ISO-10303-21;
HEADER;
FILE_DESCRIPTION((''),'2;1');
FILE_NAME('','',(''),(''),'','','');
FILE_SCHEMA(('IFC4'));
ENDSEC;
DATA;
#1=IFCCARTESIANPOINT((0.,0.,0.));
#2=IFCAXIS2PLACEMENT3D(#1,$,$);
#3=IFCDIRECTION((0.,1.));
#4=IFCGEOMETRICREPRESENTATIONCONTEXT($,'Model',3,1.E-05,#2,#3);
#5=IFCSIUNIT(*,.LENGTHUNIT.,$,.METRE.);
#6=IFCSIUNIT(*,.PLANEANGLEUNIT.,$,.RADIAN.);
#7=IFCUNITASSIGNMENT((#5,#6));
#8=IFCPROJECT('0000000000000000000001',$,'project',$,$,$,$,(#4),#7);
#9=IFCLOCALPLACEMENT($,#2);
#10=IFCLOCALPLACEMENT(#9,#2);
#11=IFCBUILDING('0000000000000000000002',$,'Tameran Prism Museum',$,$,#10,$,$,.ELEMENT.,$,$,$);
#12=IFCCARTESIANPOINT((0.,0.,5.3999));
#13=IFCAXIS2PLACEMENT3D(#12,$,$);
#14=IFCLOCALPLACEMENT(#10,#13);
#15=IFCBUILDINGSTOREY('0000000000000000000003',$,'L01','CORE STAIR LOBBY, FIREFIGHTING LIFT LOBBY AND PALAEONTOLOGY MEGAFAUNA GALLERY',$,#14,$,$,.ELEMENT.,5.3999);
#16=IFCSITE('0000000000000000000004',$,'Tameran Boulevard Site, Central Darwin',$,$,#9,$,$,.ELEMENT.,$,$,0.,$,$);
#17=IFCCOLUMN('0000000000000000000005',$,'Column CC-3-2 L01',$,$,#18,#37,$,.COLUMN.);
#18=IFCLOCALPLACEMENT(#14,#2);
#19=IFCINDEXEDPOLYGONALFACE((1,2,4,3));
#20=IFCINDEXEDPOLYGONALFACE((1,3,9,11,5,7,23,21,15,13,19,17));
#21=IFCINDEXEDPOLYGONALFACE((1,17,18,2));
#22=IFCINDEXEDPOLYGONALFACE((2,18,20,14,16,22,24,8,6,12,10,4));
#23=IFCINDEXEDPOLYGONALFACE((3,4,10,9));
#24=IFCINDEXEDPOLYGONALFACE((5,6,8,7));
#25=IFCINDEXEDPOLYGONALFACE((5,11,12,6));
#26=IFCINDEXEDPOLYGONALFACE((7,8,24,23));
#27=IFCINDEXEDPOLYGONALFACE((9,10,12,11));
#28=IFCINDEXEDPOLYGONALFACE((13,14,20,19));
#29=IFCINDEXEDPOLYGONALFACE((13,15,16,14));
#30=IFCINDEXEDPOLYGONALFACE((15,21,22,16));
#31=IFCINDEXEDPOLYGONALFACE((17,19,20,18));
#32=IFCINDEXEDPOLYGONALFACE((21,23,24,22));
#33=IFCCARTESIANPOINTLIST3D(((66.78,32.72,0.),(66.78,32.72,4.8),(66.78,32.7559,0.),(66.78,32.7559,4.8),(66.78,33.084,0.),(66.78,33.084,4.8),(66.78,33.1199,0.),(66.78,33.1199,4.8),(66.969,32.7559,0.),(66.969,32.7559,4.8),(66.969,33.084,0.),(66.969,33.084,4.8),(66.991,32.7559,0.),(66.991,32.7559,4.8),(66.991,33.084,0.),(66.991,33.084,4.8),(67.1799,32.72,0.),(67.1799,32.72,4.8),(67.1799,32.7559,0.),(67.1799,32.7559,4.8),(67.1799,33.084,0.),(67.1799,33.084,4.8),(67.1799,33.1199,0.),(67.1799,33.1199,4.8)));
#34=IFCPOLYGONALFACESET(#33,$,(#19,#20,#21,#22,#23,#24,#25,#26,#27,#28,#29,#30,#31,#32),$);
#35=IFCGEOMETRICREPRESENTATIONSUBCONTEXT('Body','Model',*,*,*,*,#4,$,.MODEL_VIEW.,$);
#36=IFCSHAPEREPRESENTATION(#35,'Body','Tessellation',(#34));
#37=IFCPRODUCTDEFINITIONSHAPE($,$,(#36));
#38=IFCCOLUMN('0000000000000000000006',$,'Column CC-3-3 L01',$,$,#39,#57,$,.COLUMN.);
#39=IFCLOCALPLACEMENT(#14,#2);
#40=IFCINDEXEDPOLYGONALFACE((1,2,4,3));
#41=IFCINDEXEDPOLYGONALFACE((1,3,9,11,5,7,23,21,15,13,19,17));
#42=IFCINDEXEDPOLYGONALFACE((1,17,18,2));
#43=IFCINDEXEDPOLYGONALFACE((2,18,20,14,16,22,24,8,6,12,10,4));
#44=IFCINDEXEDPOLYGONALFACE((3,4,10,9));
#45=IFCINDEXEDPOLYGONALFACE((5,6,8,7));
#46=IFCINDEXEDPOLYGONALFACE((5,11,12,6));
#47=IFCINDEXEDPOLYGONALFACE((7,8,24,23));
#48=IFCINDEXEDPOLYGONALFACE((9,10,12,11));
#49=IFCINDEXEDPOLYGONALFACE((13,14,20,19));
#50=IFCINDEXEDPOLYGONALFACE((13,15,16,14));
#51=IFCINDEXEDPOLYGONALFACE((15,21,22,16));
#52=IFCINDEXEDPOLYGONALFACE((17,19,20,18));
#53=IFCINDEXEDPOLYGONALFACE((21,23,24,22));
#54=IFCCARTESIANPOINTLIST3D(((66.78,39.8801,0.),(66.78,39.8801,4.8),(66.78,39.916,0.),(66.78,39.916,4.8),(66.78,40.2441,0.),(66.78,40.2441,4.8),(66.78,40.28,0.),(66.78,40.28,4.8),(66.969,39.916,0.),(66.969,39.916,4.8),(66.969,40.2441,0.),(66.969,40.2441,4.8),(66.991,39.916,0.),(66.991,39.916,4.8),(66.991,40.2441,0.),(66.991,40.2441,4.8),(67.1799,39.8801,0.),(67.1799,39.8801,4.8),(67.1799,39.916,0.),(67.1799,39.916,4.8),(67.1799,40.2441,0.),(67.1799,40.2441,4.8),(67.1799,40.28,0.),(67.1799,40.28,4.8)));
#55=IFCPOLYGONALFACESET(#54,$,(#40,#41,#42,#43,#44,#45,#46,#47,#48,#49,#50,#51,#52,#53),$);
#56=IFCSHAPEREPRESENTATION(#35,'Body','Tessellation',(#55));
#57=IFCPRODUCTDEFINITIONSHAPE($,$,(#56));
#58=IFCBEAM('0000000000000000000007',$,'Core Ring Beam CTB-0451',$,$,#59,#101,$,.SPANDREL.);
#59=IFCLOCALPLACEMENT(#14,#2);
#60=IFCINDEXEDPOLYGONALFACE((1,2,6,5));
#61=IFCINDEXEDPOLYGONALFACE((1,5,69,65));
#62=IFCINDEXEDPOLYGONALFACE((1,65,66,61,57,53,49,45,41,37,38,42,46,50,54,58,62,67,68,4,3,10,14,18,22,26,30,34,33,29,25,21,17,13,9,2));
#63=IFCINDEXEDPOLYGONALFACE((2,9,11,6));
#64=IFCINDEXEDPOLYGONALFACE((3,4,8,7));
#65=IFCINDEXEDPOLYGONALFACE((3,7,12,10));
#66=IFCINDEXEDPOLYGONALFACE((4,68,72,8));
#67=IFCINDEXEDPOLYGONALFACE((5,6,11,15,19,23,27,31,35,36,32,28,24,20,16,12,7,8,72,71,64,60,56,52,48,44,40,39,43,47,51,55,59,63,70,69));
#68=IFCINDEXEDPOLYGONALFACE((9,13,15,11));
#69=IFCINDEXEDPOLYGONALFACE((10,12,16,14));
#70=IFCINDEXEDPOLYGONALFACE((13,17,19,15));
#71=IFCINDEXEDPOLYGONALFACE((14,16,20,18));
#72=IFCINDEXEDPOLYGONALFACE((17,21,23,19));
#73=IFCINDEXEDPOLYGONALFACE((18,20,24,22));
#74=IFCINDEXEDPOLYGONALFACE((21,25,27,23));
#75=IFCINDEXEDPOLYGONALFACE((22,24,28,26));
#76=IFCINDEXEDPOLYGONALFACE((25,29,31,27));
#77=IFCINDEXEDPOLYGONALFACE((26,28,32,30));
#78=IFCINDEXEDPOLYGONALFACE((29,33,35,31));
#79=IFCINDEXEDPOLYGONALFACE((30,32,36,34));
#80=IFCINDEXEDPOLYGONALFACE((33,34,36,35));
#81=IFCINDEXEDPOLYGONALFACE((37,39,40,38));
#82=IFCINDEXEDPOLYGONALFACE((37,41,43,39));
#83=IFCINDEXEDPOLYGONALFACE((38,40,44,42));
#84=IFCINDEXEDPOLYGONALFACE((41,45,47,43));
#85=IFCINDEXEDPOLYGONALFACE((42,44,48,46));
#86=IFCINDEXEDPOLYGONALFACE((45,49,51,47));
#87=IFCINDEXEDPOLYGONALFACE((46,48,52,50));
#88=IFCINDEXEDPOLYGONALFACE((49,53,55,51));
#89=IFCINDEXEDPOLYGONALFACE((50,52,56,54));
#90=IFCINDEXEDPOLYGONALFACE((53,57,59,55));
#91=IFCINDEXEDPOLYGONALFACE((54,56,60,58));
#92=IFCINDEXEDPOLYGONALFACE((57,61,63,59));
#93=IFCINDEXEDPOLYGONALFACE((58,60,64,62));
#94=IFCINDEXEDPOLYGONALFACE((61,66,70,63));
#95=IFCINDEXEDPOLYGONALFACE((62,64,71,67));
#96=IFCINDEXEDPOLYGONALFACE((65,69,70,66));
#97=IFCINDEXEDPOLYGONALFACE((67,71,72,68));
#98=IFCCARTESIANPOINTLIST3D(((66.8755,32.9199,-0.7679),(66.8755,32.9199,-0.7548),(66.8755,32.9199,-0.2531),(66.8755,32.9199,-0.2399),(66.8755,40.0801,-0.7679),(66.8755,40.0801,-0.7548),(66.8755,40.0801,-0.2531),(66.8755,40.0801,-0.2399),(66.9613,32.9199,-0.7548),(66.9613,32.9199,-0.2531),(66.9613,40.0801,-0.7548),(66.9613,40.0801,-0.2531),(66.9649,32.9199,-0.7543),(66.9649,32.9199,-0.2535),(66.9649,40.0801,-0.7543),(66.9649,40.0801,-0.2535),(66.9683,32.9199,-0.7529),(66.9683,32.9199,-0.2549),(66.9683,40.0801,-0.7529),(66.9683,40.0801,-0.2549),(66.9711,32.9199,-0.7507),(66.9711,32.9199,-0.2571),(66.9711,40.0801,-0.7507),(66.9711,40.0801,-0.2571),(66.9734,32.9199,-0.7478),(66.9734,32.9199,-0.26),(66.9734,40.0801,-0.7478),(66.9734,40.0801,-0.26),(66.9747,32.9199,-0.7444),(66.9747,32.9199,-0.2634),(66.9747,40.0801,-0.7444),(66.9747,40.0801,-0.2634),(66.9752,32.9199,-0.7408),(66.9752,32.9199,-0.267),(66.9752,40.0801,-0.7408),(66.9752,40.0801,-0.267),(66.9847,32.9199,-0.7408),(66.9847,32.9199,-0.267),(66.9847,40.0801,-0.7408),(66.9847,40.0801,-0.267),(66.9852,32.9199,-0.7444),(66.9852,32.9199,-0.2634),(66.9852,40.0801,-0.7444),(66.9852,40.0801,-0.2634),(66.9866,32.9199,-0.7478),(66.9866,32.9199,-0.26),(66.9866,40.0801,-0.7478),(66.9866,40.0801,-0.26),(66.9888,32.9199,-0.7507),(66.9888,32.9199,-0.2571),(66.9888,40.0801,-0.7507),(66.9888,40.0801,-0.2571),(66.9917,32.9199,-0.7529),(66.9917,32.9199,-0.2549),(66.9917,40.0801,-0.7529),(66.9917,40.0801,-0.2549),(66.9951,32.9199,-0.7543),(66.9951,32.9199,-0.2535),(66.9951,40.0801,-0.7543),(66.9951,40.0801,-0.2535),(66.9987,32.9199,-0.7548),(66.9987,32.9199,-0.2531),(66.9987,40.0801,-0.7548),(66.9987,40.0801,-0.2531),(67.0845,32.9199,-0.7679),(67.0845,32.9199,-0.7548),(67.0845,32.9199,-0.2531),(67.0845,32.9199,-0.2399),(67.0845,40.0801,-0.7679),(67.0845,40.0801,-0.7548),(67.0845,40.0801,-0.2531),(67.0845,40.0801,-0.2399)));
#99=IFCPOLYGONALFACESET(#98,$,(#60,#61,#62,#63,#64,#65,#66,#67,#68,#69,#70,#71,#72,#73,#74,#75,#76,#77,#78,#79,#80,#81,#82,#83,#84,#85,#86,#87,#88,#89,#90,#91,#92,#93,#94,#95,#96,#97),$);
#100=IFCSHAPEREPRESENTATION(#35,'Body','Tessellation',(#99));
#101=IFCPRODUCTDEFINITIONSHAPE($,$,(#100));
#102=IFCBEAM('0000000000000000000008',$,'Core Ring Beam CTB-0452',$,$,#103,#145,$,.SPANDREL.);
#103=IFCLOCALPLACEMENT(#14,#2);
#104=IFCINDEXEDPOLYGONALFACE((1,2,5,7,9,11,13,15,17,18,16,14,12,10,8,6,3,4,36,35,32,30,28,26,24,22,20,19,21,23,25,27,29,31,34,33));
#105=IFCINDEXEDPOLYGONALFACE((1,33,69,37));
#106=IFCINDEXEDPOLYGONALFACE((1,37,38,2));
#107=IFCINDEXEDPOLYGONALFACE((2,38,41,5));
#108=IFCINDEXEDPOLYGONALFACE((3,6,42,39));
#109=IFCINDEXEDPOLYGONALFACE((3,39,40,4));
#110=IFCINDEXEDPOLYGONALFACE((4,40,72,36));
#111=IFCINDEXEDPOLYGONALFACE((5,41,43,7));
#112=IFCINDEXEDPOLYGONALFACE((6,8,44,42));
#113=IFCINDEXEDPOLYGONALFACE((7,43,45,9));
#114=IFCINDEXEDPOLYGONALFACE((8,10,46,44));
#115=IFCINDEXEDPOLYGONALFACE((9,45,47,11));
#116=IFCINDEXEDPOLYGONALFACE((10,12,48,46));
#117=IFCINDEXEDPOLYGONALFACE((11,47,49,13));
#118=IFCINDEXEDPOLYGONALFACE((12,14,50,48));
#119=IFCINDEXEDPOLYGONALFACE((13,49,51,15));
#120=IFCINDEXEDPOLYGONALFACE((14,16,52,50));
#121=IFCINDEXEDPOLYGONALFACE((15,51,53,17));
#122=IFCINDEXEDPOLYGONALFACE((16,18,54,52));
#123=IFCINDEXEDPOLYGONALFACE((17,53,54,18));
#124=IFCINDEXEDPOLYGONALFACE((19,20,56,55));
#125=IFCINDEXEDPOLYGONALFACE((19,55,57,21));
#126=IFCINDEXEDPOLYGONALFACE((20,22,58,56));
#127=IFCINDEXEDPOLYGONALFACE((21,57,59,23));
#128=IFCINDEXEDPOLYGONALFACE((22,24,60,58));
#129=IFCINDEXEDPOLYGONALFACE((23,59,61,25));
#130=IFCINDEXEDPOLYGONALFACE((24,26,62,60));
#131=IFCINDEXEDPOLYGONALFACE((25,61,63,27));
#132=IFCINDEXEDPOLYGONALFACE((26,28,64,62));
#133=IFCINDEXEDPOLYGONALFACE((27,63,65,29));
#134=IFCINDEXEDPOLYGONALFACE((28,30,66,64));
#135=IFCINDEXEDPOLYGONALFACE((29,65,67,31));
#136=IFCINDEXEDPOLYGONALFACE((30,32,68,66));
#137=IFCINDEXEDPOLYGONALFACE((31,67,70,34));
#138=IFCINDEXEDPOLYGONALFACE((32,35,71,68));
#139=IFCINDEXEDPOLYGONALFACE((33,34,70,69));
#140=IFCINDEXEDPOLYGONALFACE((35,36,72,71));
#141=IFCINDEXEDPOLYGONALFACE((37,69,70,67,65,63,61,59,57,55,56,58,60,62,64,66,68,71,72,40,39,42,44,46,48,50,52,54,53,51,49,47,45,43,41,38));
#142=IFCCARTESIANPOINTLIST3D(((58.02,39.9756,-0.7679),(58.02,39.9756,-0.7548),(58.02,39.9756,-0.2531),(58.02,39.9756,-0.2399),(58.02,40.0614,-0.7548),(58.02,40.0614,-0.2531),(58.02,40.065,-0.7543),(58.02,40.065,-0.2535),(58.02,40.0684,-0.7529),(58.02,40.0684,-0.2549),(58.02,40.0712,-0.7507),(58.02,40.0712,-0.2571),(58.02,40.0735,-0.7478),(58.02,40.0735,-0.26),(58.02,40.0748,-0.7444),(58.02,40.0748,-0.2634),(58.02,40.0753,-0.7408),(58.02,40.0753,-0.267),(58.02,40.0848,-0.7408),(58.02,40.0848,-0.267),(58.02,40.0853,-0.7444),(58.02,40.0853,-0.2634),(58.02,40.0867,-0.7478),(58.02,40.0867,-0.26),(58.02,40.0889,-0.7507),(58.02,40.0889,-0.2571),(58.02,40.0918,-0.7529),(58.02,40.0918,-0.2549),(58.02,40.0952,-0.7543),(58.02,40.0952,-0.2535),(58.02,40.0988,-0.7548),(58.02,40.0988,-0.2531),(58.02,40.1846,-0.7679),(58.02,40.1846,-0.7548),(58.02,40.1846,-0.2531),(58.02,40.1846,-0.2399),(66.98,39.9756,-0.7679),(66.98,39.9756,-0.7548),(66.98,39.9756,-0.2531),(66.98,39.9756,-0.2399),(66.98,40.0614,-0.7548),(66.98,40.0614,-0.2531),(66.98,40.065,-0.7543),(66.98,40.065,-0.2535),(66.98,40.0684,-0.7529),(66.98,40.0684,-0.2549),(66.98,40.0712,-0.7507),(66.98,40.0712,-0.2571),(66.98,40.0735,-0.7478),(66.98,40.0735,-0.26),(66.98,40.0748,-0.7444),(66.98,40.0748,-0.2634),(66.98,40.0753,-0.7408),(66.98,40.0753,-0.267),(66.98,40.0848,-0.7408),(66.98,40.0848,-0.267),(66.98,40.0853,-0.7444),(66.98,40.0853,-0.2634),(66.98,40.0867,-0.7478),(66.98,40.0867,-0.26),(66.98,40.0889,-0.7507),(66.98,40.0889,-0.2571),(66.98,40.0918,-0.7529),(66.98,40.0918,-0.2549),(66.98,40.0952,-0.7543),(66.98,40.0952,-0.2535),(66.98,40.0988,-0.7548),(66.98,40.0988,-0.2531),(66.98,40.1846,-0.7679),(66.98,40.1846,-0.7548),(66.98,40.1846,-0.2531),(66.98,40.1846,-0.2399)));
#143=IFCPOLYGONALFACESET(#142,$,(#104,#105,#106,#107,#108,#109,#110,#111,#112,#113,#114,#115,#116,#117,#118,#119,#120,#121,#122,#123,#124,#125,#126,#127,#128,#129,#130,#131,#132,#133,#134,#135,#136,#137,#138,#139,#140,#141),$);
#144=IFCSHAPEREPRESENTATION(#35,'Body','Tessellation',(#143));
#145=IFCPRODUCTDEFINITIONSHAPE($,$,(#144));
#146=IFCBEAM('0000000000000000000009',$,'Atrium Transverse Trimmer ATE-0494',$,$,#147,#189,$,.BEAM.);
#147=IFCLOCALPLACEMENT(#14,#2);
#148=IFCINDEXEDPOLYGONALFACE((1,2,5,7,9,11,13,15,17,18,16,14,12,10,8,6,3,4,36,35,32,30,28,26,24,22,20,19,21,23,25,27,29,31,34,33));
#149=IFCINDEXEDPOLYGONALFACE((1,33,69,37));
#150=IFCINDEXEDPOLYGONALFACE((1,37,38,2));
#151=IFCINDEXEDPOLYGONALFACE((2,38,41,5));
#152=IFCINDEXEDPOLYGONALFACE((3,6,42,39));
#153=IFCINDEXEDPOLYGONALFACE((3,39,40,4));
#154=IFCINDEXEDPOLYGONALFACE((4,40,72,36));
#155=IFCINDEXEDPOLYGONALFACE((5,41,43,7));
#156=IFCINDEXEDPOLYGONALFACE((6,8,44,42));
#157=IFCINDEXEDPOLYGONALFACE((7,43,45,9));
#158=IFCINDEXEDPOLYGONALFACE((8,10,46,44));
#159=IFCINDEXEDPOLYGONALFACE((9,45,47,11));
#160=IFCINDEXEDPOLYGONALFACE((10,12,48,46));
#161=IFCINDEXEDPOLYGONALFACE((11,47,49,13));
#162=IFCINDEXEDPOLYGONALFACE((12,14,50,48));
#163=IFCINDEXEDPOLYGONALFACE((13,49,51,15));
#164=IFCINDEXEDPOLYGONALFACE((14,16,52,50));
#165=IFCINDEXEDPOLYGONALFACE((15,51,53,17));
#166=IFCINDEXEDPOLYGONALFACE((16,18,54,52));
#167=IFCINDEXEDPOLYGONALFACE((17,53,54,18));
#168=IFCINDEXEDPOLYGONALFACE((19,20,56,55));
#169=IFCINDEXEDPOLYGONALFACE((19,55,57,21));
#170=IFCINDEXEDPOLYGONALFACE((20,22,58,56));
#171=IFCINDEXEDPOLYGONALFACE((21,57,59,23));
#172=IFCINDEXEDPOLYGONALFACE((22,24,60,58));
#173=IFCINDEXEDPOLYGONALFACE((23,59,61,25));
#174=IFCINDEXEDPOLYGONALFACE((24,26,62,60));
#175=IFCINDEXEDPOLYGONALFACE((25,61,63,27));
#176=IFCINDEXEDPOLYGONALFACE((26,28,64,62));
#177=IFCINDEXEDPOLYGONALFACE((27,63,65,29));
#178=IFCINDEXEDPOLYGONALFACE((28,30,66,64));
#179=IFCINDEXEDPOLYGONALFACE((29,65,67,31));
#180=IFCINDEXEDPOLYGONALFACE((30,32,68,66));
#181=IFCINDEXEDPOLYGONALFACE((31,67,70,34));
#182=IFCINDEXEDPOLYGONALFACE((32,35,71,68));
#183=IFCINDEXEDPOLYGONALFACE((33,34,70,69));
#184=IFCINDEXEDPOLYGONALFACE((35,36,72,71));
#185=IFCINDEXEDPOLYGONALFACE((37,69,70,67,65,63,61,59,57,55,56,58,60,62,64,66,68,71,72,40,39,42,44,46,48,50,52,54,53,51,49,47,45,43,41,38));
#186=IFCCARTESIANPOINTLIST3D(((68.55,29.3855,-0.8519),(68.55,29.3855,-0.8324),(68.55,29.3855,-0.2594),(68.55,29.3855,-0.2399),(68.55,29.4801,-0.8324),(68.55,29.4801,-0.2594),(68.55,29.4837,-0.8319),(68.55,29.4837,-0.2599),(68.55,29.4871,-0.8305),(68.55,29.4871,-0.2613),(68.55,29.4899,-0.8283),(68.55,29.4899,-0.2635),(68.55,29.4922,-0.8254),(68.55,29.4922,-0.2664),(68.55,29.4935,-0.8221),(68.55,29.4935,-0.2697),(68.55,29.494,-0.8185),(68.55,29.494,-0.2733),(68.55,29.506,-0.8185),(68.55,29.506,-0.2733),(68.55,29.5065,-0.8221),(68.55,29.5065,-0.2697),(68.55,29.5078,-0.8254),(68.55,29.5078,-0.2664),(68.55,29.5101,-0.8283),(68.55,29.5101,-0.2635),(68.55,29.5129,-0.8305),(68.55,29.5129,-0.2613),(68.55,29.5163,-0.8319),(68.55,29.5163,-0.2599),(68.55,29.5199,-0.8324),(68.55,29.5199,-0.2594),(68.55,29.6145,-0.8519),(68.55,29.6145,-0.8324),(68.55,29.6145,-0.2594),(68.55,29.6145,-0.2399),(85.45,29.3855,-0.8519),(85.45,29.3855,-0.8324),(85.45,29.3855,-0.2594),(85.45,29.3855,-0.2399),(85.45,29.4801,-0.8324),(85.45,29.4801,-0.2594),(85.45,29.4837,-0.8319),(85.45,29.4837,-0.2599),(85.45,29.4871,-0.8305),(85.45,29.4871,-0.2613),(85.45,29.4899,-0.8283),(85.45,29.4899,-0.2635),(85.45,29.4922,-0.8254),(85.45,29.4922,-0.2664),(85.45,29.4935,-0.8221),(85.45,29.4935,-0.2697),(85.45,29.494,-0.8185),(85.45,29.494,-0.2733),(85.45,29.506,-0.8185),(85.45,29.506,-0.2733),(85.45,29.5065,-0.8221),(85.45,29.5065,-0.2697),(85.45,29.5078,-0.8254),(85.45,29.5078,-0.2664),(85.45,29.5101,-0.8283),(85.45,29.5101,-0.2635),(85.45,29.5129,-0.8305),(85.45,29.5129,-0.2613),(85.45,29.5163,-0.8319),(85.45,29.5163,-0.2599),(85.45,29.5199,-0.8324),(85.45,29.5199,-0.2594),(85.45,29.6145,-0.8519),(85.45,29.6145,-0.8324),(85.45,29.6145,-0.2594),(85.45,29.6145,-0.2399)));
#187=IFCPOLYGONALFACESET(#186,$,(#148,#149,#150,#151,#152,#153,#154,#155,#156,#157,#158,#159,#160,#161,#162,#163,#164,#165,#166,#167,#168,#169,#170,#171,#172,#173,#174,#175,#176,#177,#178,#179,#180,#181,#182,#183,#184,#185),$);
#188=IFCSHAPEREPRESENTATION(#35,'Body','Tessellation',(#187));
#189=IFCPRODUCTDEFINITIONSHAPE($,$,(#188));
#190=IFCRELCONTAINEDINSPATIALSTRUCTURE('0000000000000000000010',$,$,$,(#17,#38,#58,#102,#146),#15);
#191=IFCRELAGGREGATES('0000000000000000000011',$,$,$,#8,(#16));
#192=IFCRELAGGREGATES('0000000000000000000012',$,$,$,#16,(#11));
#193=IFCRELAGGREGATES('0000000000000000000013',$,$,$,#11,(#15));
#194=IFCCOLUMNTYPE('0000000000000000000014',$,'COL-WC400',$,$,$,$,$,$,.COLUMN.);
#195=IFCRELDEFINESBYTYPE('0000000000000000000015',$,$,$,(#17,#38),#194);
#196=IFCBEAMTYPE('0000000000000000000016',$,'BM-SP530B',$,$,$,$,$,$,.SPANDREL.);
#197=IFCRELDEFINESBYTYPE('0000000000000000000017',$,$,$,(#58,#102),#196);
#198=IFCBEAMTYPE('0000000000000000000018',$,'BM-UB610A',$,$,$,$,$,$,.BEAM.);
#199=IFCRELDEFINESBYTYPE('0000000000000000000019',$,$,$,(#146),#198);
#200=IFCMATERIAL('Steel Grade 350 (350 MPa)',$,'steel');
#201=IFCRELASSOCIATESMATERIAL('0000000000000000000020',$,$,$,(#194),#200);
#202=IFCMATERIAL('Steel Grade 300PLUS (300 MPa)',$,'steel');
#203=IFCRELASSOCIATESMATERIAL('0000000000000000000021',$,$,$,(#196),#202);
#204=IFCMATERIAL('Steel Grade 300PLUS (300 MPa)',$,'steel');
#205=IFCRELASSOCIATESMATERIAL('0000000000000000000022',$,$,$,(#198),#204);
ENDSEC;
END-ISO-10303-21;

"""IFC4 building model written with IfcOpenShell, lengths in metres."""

from ifc_helpers import new_model, si_unit, direction, frame, origin, origin_2d, place, context, subcontext, project, spatial, i_section, extrude, material, material_profile, profile_set, type_object, element, save


model = new_model("IFC4")

# Units and contexts
model_context = context("Model", 3, precision=1e-05, world=origin(), true_north=direction((0.0, 1.0)))
body_context = subcontext(model_context, "Body", "Model", "MODEL_VIEW")
ifc_project = project(units=[si_unit("LENGTHUNIT", "METRE"), si_unit("PLANEANGLEUNIT", "RADIAN")], contexts=[model_context])

# Site, building, storey
site_placement = place(None, origin())
site = spatial("IfcSite", under=ifc_project, at=site_placement, Name="Tameran Boulevard Site, Central Darwin", CompositionType="ELEMENT", RefElevation=0.0)
building_placement = place(site_placement, origin())
building = spatial("IfcBuilding", under=site, at=building_placement, Name="Tameran Prism Museum", CompositionType="ELEMENT")
storey_placement = place(building_placement, frame((0.0, 0.0, 5.3999)))
storey = spatial("IfcBuildingStorey", under=building, at=storey_placement, Name="L01", Description="CORE STAIR LOBBY, FIREFIGHTING LIFT LOBBY AND PALAEONTOLOGY MEGAFAUNA GALLERY", CompositionType="ELEMENT", Elevation=5.3999)

# Columns
ifc_material_1 = material(Name="Steel Grade 350 (350 MPa)", Category="steel")
ifc_material_profile_1 = material_profile(ifc_material_1, i_section(OverallWidth=0.3999, OverallDepth=0.3999, WebThickness=0.022, FlangeThickness=0.0359, at=origin_2d()))
ifc_profile_set_1 = profile_set([ifc_material_profile_1])
column_type = type_object("IfcColumnType", Name="COL-WC400", PredefinedType="COLUMN", material=ifc_profile_set_1)
for number, where, z_axis, x_axis, name in (
    (1, (66.98, 32.9199, 0.0), (0.0, 0.0, 1.0), (1.0, 0.0, 0.0), "Column CC-3-2 L01"),
    (2, (66.98, 40.0801, 0.0), (0.0, 0.0, 1.0), (1.0, 0.0, 0.0), "Column CC-3-3 L01"),
):
    element("IfcColumn", number, at=place(storey_placement, frame(where, z_axis=z_axis, x_axis=x_axis)), inside=storey, type_object=column_type, Name=name, PredefinedType="COLUMN", context=body_context, shape_type="SweptSolid", body=[
        extrude(i_section(OverallWidth=0.3999, OverallDepth=0.3999, WebThickness=0.022, FlangeThickness=0.0359, at=origin_2d()), origin(), (0.0, 0.0, 1.0), 4.8),
    ])

# Beams
ifc_material_2 = material(Name="Steel Grade 300PLUS (300 MPa)", Category="steel")
ifc_material_profile_2 = material_profile(ifc_material_2, i_section(OverallWidth=0.209, OverallDepth=0.5281, WebThickness=0.0095, FlangeThickness=0.0132, FilletRadius=0.0139, at=origin_2d()))
ifc_profile_set_2 = profile_set([ifc_material_profile_2])
beam_type_1 = type_object("IfcBeamType", Name="BM-SP530B", PredefinedType="SPANDREL", material=ifc_profile_set_2)
beam_1_placement = place(storey_placement, frame((66.98, 32.9199, -0.5039), z_axis=(0.0, 1.0, 0.0), x_axis=(-1.0, 0.0, 0.0)))
element("IfcBeam", 3, at=beam_1_placement, inside=storey, type_object=beam_type_1, Name="Core Ring Beam CTB-0451", PredefinedType="SPANDREL", context=body_context, shape_type="SweptSolid", body=[
    extrude(i_section(OverallWidth=0.209, OverallDepth=0.5281, WebThickness=0.0095, FlangeThickness=0.0132, FilletRadius=0.0139, at=origin_2d()), origin(), (0.0, 0.0, 1.0), 7.1602),
])
beam_2_placement = place(storey_placement, frame((66.98, 40.0801, -0.5039), z_axis=(-1.0, 0.0, 0.0), x_axis=(0.0, -1.0, 0.0)))
element("IfcBeam", 4, at=beam_2_placement, inside=storey, type_object=beam_type_1, Name="Core Ring Beam CTB-0452", PredefinedType="SPANDREL", context=body_context, shape_type="SweptSolid", body=[
    extrude(i_section(OverallWidth=0.209, OverallDepth=0.5281, WebThickness=0.0095, FlangeThickness=0.0132, FilletRadius=0.0139, at=origin_2d()), origin(), (0.0, 0.0, 1.0), 8.96),
])
ifc_material_3 = material(Name="Steel Grade 300PLUS (300 MPa)", Category="steel")
ifc_material_profile_3 = material_profile(ifc_material_3, i_section(OverallWidth=0.229, OverallDepth=0.6121, WebThickness=0.012, FlangeThickness=0.0195, FilletRadius=0.0139, at=origin_2d()))
ifc_profile_set_3 = profile_set([ifc_material_profile_3])
beam_type_2 = type_object("IfcBeamType", Name="BM-UB610A", PredefinedType="BEAM", material=ifc_profile_set_3)
beam_3_placement = place(storey_placement, frame((68.55, 29.5, -0.5459), z_axis=(1.0, 0.0, 0.0), x_axis=(0.0, 1.0, 0.0)))
element("IfcBeam", 5, at=beam_3_placement, inside=storey, type_object=beam_type_2, Name="Atrium Transverse Trimmer ATE-0494", PredefinedType="BEAM", context=body_context, shape_type="SweptSolid", body=[
    extrude(i_section(OverallWidth=0.229, OverallDepth=0.6121, WebThickness=0.012, FlangeThickness=0.0195, FilletRadius=0.0139, at=origin_2d()), origin(), (0.0, 0.0, 1.0), 16.8999),
])

save(model, "model.ifc")
